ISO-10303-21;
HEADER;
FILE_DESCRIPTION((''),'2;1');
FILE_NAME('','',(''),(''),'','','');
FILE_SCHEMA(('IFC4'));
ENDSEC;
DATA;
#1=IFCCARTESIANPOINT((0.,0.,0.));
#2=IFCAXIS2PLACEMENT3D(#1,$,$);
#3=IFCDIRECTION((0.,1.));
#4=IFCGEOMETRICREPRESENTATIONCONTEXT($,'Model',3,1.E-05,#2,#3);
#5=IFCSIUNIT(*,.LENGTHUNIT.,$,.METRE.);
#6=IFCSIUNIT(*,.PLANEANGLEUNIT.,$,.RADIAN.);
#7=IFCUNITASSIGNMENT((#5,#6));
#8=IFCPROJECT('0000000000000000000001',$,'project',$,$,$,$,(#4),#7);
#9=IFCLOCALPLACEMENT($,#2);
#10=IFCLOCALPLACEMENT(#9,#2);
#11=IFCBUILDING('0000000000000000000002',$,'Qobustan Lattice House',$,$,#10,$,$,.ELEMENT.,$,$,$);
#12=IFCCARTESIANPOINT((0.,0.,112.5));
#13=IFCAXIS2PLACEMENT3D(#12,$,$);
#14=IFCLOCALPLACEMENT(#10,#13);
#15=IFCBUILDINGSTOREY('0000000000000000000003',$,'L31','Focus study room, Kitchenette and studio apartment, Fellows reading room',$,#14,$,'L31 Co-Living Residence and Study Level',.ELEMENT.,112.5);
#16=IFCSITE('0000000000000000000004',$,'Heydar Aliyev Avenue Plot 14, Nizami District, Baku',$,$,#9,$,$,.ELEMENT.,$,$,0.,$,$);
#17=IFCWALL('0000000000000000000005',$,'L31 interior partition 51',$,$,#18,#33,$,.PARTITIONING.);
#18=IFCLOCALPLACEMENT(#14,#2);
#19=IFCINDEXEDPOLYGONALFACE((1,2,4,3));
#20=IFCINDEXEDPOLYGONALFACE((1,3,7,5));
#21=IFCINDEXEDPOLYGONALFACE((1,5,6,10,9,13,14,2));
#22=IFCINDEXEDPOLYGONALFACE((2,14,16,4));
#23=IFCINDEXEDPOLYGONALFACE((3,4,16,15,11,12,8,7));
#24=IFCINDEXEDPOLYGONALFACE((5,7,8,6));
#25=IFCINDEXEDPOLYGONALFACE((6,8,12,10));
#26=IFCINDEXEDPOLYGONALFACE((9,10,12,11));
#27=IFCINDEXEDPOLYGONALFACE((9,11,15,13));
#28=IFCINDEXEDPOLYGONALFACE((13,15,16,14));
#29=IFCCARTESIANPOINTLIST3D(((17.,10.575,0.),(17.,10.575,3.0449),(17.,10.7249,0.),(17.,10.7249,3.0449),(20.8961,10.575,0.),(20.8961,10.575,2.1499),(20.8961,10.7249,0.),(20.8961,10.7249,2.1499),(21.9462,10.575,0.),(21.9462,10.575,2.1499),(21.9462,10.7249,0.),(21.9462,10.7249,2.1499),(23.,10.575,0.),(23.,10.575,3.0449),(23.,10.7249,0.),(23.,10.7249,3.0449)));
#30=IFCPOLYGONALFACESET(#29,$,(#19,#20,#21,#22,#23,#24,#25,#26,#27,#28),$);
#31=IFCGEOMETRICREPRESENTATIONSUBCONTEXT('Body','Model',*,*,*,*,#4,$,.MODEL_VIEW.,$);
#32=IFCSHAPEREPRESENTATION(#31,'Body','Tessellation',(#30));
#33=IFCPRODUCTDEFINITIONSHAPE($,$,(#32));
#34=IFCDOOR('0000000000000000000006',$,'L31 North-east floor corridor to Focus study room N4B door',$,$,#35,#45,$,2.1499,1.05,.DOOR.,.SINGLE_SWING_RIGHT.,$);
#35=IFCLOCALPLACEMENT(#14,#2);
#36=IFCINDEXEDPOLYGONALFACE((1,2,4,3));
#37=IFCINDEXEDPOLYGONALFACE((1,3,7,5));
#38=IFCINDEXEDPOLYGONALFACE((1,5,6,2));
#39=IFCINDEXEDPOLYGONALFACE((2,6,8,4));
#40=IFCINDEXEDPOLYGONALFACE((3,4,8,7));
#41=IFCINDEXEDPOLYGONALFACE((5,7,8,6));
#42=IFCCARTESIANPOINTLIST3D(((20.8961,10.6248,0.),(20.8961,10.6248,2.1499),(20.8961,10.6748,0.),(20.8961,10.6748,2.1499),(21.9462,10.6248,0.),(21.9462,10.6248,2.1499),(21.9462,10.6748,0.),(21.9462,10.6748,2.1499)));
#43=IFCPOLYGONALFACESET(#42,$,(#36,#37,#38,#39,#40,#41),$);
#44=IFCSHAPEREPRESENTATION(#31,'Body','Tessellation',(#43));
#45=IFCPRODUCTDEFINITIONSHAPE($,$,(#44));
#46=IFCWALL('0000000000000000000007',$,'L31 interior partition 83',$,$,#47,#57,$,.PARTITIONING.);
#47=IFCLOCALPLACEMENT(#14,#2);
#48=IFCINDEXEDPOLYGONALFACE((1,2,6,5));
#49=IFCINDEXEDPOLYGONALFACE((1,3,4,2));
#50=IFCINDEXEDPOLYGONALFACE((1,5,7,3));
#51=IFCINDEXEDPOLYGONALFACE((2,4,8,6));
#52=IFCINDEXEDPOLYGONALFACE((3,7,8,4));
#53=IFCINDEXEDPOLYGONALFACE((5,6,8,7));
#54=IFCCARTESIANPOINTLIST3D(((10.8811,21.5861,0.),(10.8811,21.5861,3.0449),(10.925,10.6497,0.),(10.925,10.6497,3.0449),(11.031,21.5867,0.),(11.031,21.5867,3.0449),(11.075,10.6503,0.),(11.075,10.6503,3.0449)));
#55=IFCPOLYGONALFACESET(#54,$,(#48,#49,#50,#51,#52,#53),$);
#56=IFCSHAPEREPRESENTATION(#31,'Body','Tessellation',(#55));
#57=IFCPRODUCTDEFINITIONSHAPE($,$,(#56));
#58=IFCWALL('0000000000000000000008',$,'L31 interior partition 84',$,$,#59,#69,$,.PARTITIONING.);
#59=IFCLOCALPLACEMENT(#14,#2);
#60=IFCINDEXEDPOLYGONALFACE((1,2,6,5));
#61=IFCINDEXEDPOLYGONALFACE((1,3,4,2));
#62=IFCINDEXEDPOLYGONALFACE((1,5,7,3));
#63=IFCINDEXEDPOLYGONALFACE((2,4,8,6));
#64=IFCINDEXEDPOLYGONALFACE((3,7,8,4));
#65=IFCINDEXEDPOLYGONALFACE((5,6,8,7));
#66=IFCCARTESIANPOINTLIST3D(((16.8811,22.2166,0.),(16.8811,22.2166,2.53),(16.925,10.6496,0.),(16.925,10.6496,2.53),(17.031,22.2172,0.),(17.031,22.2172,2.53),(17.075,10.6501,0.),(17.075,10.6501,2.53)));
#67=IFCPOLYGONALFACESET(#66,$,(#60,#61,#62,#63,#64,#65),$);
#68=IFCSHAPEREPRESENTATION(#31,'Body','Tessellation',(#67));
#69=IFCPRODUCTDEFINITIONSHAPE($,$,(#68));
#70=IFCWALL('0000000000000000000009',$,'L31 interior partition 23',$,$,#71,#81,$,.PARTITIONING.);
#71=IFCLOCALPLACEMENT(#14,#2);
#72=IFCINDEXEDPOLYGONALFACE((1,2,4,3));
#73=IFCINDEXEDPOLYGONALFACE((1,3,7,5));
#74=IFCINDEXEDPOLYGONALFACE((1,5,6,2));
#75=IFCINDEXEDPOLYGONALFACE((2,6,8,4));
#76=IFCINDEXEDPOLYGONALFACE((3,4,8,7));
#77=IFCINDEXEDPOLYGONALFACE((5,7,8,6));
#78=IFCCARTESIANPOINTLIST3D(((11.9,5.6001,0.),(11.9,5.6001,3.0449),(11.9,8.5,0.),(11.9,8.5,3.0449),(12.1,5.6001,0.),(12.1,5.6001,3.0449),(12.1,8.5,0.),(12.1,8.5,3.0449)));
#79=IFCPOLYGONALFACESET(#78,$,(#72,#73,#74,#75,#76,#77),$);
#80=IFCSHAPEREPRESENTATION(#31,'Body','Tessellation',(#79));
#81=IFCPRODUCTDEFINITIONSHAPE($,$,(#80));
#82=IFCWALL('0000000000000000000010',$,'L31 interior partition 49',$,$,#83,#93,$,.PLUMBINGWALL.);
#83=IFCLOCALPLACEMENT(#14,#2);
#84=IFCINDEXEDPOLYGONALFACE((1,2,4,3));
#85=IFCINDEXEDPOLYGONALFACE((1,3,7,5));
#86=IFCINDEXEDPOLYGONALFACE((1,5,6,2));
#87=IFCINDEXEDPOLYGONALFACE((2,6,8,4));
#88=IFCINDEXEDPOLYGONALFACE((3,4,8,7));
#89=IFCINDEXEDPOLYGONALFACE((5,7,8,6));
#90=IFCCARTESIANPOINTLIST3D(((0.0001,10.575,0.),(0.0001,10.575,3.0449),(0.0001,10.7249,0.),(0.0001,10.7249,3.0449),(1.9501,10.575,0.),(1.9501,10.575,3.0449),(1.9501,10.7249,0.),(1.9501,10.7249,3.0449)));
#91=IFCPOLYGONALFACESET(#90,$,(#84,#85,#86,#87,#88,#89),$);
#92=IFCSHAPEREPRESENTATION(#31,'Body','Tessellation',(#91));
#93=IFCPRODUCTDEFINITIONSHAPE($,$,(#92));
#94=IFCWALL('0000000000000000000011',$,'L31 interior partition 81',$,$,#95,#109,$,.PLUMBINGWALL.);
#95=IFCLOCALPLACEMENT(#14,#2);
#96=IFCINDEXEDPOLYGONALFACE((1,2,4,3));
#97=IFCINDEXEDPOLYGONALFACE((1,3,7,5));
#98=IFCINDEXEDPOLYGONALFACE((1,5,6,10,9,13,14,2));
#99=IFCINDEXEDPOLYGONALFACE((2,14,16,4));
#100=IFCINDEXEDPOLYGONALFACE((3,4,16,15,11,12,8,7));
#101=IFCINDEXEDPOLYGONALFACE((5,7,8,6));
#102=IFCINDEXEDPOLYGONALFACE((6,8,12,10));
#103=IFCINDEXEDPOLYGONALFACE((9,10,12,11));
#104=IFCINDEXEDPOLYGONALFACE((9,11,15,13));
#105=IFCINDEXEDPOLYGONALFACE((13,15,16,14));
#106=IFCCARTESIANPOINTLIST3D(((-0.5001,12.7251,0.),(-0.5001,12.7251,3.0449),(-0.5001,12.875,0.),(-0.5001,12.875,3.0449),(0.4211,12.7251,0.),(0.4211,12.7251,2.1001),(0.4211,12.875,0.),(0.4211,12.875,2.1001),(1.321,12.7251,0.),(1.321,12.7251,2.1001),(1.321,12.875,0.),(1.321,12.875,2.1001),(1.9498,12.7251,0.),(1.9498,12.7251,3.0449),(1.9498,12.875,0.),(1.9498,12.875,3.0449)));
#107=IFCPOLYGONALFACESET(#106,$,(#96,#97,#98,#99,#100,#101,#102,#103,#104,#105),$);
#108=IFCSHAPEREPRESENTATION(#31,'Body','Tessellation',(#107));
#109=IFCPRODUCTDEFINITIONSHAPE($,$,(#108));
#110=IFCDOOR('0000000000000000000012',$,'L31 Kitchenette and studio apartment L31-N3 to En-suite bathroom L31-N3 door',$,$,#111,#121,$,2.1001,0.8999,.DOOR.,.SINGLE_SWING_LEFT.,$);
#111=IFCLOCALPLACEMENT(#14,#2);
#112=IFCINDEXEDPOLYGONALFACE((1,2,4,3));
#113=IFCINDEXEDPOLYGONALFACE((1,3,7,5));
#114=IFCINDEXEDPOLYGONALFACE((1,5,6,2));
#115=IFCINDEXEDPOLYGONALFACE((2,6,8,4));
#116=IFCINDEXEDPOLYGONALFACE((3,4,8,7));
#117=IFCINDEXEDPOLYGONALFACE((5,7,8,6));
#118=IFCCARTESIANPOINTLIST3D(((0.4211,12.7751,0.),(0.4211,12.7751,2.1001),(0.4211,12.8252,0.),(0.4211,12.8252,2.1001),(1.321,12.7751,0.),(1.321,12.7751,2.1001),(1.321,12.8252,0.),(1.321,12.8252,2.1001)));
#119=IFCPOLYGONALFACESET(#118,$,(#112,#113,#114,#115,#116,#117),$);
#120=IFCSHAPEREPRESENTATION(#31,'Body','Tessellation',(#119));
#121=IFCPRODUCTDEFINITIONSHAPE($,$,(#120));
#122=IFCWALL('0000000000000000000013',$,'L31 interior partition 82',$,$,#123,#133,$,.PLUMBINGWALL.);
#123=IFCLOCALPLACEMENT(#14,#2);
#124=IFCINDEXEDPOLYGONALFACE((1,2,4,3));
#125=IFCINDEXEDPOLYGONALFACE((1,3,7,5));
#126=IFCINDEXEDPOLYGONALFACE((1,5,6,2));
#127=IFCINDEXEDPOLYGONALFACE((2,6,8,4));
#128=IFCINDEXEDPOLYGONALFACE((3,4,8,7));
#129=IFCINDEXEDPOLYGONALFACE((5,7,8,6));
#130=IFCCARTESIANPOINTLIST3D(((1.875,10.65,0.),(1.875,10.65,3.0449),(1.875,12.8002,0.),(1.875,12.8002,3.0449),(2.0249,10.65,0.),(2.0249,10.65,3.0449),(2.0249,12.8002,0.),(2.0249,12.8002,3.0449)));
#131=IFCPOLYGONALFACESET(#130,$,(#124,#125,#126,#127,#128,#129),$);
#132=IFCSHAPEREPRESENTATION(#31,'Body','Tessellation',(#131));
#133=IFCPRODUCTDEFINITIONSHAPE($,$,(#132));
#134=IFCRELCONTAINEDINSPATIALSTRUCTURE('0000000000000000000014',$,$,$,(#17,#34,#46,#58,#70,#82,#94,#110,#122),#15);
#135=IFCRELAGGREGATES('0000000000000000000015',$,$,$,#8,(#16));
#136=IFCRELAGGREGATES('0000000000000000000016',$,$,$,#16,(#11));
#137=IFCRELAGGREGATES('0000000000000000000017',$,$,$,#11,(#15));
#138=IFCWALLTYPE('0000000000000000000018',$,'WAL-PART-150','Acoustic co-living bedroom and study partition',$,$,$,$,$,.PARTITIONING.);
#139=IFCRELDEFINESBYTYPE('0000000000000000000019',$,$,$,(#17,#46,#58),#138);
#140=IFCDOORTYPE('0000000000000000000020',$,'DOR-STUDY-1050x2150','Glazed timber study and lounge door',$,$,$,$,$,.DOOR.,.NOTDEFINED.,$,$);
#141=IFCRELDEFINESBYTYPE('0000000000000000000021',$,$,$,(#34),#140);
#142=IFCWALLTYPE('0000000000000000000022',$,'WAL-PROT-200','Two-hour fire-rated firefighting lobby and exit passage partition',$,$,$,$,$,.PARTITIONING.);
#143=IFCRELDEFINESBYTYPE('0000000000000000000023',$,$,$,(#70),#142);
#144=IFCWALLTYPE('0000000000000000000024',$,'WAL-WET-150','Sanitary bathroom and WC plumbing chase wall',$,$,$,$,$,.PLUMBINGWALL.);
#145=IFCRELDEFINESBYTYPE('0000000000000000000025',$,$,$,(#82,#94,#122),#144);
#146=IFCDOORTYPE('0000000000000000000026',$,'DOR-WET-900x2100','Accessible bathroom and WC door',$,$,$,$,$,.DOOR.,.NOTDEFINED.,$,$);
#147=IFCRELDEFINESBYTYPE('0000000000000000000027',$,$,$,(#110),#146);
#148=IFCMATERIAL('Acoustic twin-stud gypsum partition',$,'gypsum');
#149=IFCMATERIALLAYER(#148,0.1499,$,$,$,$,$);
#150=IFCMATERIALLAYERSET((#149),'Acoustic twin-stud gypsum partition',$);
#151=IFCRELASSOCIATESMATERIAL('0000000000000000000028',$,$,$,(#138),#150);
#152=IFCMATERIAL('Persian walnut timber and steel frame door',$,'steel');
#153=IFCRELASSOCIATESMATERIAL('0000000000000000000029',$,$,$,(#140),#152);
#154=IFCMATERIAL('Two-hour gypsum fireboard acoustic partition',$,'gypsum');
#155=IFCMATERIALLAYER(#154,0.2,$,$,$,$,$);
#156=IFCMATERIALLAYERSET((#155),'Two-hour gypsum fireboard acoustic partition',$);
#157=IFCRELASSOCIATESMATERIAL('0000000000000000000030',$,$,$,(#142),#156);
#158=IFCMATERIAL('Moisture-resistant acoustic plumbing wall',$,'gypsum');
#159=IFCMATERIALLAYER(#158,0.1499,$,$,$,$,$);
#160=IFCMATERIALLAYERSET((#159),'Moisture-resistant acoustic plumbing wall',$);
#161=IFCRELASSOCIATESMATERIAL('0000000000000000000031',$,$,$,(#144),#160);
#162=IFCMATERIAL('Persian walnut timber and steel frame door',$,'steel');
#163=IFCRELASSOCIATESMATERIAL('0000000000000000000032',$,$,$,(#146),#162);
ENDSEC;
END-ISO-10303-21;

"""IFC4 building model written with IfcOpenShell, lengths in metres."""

from ifc_helpers import new_model, si_unit, direction, frame, frame_2d, origin, place, context, subcontext, project, spatial, rectangle, extrude, material, layer, layer_set, type_object, element, fill, save


model = new_model("IFC4")

# Units and contexts
model_context = context("Model", 3, precision=1e-05, world=origin(), true_north=direction((0.0, 1.0)))
body_context = subcontext(model_context, "Body", "Model", "MODEL_VIEW")
ifc_project = project(units=[si_unit("LENGTHUNIT", "METRE"), si_unit("PLANEANGLEUNIT", "RADIAN")], contexts=[model_context])

# Site, building, storey
site_placement = place(None, origin())
site = spatial("IfcSite", under=ifc_project, at=site_placement, Name="Heydar Aliyev Avenue Plot 14, Nizami District, Baku", CompositionType="ELEMENT", RefElevation=0.0)
building_placement = place(site_placement, origin())
building = spatial("IfcBuilding", under=site, at=building_placement, Name="Qobustan Lattice House", CompositionType="ELEMENT")
storey_placement = place(building_placement, frame((0.0, 0.0, 112.5)))
storey = spatial("IfcBuildingStorey", under=building, at=storey_placement, Name="L31", Description="Focus study room, Kitchenette and studio apartment, Fellows reading room", LongName="L31 Co-Living Residence and Study Level", CompositionType="ELEMENT", Elevation=112.5)

# Wall, opening, door
ifc_material_1 = material(Name="Acoustic twin-stud gypsum partition", Category="gypsum")
ifc_layer_1 = layer(ifc_material_1, 0.1499)
ifc_layer_set_1 = layer_set([ifc_layer_1], Name="Acoustic twin-stud gypsum partition")
wall_type_1 = type_object("IfcWallType", Name="WAL-PART-150", Description="Acoustic co-living bedroom and study partition", PredefinedType="PARTITIONING", material=ifc_layer_set_1)
ifc_material_2 = material(Name="Persian walnut timber and steel frame door", Category="steel")
door_type_1 = type_object("IfcDoorType", Name="DOR-STUDY-1050x2150", Description="Glazed timber study and lounge door", OperationType="NOTDEFINED", PredefinedType="DOOR", material=ifc_material_2)
wall_1_placement = place(storey_placement, frame((17.0, 10.6499, 0.0), z_axis=(0.0, 0.0, 1.0), x_axis=(1.0, 0.0, 0.0)))
wall_1 = element("IfcWall", 1, at=wall_1_placement, inside=storey, type_object=wall_type_1, Name="L31 interior partition 51", PredefinedType="PARTITIONING", context=body_context, shape_type="SweptSolid", body=[
    extrude(rectangle(XDim=6.0, YDim=0.1499, at=frame_2d((3.0, 0.0))), origin(), (0.0, 0.0, 1.0), 3.0449),
])
opening_1_placement = place(wall_1_placement, frame((3.8962, 0.0, 0.0)))
opening_1 = element("IfcOpeningElement", 2, at=opening_1_placement, cuts=wall_1, PredefinedType="OPENING", context=body_context, shape_type="SweptSolid", body=[
    extrude(rectangle(XDim=1.05, YDim=2.1499, at=frame_2d((0.5249, 1.075))), frame((0.0, 0.085, 0.0), z_axis=(0.0, -1.0, 0.0), x_axis=(1.0, 0.0, 0.0)), (0.0, 0.0, 1.0), 0.1699),
])
door_1_placement = place(opening_1_placement, origin())
door_1 = element("IfcDoor", 3, at=door_1_placement, inside=storey, type_object=door_type_1, Name="L31 North-east floor corridor to Focus study room N4B door", OperationType="SINGLE_SWING_RIGHT", OverallHeight=2.1499, OverallWidth=1.05, PredefinedType="DOOR", context=body_context, shape_type="SweptSolid", body=[
    extrude(rectangle(XDim=1.05, YDim=2.1499, at=frame_2d((0.5249, 1.075))), frame((0.0, 0.0249, 0.0), z_axis=(0.0, -1.0, 0.0), x_axis=(1.0, 0.0, 0.0)), (0.0, 0.0, 1.0), 0.05),
])
fill(opening_1, door_1)

# Walls
wall_2_placement = place(storey_placement, frame((10.9561, 21.5864, 0.0), z_axis=(0.0, 0.0, 1.0), x_axis=(0.004018, -0.999992, 0.0)))
element("IfcWall", 4, at=wall_2_placement, inside=storey, type_object=wall_type_1, Name="L31 interior partition 83", PredefinedType="PARTITIONING", context=body_context, shape_type="SweptSolid", body=[
    extrude(rectangle(XDim=10.9365, YDim=0.1499, at=frame_2d((5.4683, 0.0))), origin(), (0.0, 0.0, 1.0), 3.0449),
])
wall_3_placement = place(storey_placement, frame((16.9561, 22.217, 0.0), z_axis=(0.0, 0.0, 1.0), x_axis=(0.003799, -0.999993, 0.0)))
element("IfcWall", 5, at=wall_3_placement, inside=storey, type_object=wall_type_1, Name="L31 interior partition 84", PredefinedType="PARTITIONING", context=body_context, shape_type="SweptSolid", body=[
    extrude(rectangle(XDim=11.5671, YDim=0.1499, at=frame_2d((5.7837, 0.0))), origin(), (0.0, 0.0, 1.0), 2.53),
])
ifc_material_3 = material(Name="Two-hour gypsum fireboard acoustic partition", Category="gypsum")
ifc_layer_2 = layer(ifc_material_3, 0.2)
ifc_layer_set_2 = layer_set([ifc_layer_2], Name="Two-hour gypsum fireboard acoustic partition")
wall_type_2 = type_object("IfcWallType", Name="WAL-PROT-200", Description="Two-hour fire-rated firefighting lobby and exit passage partition", PredefinedType="PARTITIONING", material=ifc_layer_set_2)
wall_4_placement = place(storey_placement, frame((12.0, 8.5, 0.0), z_axis=(0.0, 0.0, 1.0), x_axis=(0.0, -1.0, 0.0)))
element("IfcWall", 6, at=wall_4_placement, inside=storey, type_object=wall_type_2, Name="L31 interior partition 23", PredefinedType="PARTITIONING", context=body_context, shape_type="SweptSolid", body=[
    extrude(rectangle(XDim=2.8999, YDim=0.2, at=frame_2d((1.45, 0.0))), origin(), (0.0, 0.0, 1.0), 3.0449),
])
ifc_material_4 = material(Name="Moisture-resistant acoustic plumbing wall", Category="gypsum")
ifc_layer_3 = layer(ifc_material_4, 0.1499)
ifc_layer_set_3 = layer_set([ifc_layer_3], Name="Moisture-resistant acoustic plumbing wall")
wall_type_3 = type_object("IfcWallType", Name="WAL-WET-150", Description="Sanitary bathroom and WC plumbing chase wall", PredefinedType="PLUMBINGWALL", material=ifc_layer_set_3)
wall_5_placement = place(storey_placement, frame((0.0, 10.6499, 0.0), z_axis=(0.0, 0.0, 1.0), x_axis=(1.0, 0.0, 0.0)))
element("IfcWall", 7, at=wall_5_placement, inside=storey, type_object=wall_type_3, Name="L31 interior partition 49", PredefinedType="PLUMBINGWALL", context=body_context, shape_type="SweptSolid", body=[
    extrude(rectangle(XDim=1.95, YDim=0.1499, at=frame_2d((0.9751, 0.0))), origin(), (0.0, 0.0, 1.0), 3.0449),
])

# Wall, opening, door
wall_6_placement = place(storey_placement, frame((1.95, 12.8, 0.0), z_axis=(0.0, 0.0, 1.0), x_axis=(-1.0, 0.0, 0.0)))
wall_6 = element("IfcWall", 8, at=wall_6_placement, inside=storey, type_object=wall_type_3, Name="L31 interior partition 81", PredefinedType="PLUMBINGWALL", context=body_context, shape_type="SweptSolid", body=[
    extrude(rectangle(XDim=2.45, YDim=0.1499, at=frame_2d((1.2251, 0.0))), origin(), (0.0, 0.0, 1.0), 3.0449),
])
opening_2_placement = place(wall_6_placement, frame((0.6289, 0.0, 0.0)))
opening_2 = element("IfcOpeningElement", 9, at=opening_2_placement, cuts=wall_6, PredefinedType="OPENING", context=body_context, shape_type="SweptSolid", body=[
    extrude(rectangle(XDim=0.8999, YDim=2.1001, at=frame_2d((0.45, 1.05))), frame((0.0, 0.085, 0.0), z_axis=(0.0, -1.0, 0.0), x_axis=(1.0, 0.0, 0.0)), (0.0, 0.0, 1.0), 0.1699),
])
ifc_material_5 = material(Name="Persian walnut timber and steel frame door", Category="steel")
door_type_2 = type_object("IfcDoorType", Name="DOR-WET-900x2100", Description="Accessible bathroom and WC door", OperationType="NOTDEFINED", PredefinedType="DOOR", material=ifc_material_5)
door_2_placement = place(opening_2_placement, origin())
door_2 = element("IfcDoor", 10, at=door_2_placement, inside=storey, type_object=door_type_2, Name="L31 Kitchenette and studio apartment L31-N3 to En-suite bathroom L31-N3 door", OperationType="SINGLE_SWING_LEFT", OverallHeight=2.1001, OverallWidth=0.8999, PredefinedType="DOOR", context=body_context, shape_type="SweptSolid", body=[
    extrude(rectangle(XDim=0.8999, YDim=2.1001, at=frame_2d((0.45, 1.05))), frame((0.0, 0.0249, 0.0), z_axis=(0.0, -1.0, 0.0), x_axis=(1.0, 0.0, 0.0)), (0.0, 0.0, 1.0), 0.05),
])
fill(opening_2, door_2)

# Wall
wall_7_placement = place(storey_placement, frame((1.95, 10.6499, 0.0), z_axis=(0.0, 0.0, 1.0), x_axis=(0.0, 1.0, 0.0)))
element("IfcWall", 11, at=wall_7_placement, inside=storey, type_object=wall_type_3, Name="L31 interior partition 82", PredefinedType="PLUMBINGWALL", context=body_context, shape_type="SweptSolid", body=[
    extrude(rectangle(XDim=2.1501, YDim=0.1499, at=frame_2d((1.0752, 0.0))), origin(), (0.0, 0.0, 1.0), 3.0449),
])

save(model, "model.ifc")
